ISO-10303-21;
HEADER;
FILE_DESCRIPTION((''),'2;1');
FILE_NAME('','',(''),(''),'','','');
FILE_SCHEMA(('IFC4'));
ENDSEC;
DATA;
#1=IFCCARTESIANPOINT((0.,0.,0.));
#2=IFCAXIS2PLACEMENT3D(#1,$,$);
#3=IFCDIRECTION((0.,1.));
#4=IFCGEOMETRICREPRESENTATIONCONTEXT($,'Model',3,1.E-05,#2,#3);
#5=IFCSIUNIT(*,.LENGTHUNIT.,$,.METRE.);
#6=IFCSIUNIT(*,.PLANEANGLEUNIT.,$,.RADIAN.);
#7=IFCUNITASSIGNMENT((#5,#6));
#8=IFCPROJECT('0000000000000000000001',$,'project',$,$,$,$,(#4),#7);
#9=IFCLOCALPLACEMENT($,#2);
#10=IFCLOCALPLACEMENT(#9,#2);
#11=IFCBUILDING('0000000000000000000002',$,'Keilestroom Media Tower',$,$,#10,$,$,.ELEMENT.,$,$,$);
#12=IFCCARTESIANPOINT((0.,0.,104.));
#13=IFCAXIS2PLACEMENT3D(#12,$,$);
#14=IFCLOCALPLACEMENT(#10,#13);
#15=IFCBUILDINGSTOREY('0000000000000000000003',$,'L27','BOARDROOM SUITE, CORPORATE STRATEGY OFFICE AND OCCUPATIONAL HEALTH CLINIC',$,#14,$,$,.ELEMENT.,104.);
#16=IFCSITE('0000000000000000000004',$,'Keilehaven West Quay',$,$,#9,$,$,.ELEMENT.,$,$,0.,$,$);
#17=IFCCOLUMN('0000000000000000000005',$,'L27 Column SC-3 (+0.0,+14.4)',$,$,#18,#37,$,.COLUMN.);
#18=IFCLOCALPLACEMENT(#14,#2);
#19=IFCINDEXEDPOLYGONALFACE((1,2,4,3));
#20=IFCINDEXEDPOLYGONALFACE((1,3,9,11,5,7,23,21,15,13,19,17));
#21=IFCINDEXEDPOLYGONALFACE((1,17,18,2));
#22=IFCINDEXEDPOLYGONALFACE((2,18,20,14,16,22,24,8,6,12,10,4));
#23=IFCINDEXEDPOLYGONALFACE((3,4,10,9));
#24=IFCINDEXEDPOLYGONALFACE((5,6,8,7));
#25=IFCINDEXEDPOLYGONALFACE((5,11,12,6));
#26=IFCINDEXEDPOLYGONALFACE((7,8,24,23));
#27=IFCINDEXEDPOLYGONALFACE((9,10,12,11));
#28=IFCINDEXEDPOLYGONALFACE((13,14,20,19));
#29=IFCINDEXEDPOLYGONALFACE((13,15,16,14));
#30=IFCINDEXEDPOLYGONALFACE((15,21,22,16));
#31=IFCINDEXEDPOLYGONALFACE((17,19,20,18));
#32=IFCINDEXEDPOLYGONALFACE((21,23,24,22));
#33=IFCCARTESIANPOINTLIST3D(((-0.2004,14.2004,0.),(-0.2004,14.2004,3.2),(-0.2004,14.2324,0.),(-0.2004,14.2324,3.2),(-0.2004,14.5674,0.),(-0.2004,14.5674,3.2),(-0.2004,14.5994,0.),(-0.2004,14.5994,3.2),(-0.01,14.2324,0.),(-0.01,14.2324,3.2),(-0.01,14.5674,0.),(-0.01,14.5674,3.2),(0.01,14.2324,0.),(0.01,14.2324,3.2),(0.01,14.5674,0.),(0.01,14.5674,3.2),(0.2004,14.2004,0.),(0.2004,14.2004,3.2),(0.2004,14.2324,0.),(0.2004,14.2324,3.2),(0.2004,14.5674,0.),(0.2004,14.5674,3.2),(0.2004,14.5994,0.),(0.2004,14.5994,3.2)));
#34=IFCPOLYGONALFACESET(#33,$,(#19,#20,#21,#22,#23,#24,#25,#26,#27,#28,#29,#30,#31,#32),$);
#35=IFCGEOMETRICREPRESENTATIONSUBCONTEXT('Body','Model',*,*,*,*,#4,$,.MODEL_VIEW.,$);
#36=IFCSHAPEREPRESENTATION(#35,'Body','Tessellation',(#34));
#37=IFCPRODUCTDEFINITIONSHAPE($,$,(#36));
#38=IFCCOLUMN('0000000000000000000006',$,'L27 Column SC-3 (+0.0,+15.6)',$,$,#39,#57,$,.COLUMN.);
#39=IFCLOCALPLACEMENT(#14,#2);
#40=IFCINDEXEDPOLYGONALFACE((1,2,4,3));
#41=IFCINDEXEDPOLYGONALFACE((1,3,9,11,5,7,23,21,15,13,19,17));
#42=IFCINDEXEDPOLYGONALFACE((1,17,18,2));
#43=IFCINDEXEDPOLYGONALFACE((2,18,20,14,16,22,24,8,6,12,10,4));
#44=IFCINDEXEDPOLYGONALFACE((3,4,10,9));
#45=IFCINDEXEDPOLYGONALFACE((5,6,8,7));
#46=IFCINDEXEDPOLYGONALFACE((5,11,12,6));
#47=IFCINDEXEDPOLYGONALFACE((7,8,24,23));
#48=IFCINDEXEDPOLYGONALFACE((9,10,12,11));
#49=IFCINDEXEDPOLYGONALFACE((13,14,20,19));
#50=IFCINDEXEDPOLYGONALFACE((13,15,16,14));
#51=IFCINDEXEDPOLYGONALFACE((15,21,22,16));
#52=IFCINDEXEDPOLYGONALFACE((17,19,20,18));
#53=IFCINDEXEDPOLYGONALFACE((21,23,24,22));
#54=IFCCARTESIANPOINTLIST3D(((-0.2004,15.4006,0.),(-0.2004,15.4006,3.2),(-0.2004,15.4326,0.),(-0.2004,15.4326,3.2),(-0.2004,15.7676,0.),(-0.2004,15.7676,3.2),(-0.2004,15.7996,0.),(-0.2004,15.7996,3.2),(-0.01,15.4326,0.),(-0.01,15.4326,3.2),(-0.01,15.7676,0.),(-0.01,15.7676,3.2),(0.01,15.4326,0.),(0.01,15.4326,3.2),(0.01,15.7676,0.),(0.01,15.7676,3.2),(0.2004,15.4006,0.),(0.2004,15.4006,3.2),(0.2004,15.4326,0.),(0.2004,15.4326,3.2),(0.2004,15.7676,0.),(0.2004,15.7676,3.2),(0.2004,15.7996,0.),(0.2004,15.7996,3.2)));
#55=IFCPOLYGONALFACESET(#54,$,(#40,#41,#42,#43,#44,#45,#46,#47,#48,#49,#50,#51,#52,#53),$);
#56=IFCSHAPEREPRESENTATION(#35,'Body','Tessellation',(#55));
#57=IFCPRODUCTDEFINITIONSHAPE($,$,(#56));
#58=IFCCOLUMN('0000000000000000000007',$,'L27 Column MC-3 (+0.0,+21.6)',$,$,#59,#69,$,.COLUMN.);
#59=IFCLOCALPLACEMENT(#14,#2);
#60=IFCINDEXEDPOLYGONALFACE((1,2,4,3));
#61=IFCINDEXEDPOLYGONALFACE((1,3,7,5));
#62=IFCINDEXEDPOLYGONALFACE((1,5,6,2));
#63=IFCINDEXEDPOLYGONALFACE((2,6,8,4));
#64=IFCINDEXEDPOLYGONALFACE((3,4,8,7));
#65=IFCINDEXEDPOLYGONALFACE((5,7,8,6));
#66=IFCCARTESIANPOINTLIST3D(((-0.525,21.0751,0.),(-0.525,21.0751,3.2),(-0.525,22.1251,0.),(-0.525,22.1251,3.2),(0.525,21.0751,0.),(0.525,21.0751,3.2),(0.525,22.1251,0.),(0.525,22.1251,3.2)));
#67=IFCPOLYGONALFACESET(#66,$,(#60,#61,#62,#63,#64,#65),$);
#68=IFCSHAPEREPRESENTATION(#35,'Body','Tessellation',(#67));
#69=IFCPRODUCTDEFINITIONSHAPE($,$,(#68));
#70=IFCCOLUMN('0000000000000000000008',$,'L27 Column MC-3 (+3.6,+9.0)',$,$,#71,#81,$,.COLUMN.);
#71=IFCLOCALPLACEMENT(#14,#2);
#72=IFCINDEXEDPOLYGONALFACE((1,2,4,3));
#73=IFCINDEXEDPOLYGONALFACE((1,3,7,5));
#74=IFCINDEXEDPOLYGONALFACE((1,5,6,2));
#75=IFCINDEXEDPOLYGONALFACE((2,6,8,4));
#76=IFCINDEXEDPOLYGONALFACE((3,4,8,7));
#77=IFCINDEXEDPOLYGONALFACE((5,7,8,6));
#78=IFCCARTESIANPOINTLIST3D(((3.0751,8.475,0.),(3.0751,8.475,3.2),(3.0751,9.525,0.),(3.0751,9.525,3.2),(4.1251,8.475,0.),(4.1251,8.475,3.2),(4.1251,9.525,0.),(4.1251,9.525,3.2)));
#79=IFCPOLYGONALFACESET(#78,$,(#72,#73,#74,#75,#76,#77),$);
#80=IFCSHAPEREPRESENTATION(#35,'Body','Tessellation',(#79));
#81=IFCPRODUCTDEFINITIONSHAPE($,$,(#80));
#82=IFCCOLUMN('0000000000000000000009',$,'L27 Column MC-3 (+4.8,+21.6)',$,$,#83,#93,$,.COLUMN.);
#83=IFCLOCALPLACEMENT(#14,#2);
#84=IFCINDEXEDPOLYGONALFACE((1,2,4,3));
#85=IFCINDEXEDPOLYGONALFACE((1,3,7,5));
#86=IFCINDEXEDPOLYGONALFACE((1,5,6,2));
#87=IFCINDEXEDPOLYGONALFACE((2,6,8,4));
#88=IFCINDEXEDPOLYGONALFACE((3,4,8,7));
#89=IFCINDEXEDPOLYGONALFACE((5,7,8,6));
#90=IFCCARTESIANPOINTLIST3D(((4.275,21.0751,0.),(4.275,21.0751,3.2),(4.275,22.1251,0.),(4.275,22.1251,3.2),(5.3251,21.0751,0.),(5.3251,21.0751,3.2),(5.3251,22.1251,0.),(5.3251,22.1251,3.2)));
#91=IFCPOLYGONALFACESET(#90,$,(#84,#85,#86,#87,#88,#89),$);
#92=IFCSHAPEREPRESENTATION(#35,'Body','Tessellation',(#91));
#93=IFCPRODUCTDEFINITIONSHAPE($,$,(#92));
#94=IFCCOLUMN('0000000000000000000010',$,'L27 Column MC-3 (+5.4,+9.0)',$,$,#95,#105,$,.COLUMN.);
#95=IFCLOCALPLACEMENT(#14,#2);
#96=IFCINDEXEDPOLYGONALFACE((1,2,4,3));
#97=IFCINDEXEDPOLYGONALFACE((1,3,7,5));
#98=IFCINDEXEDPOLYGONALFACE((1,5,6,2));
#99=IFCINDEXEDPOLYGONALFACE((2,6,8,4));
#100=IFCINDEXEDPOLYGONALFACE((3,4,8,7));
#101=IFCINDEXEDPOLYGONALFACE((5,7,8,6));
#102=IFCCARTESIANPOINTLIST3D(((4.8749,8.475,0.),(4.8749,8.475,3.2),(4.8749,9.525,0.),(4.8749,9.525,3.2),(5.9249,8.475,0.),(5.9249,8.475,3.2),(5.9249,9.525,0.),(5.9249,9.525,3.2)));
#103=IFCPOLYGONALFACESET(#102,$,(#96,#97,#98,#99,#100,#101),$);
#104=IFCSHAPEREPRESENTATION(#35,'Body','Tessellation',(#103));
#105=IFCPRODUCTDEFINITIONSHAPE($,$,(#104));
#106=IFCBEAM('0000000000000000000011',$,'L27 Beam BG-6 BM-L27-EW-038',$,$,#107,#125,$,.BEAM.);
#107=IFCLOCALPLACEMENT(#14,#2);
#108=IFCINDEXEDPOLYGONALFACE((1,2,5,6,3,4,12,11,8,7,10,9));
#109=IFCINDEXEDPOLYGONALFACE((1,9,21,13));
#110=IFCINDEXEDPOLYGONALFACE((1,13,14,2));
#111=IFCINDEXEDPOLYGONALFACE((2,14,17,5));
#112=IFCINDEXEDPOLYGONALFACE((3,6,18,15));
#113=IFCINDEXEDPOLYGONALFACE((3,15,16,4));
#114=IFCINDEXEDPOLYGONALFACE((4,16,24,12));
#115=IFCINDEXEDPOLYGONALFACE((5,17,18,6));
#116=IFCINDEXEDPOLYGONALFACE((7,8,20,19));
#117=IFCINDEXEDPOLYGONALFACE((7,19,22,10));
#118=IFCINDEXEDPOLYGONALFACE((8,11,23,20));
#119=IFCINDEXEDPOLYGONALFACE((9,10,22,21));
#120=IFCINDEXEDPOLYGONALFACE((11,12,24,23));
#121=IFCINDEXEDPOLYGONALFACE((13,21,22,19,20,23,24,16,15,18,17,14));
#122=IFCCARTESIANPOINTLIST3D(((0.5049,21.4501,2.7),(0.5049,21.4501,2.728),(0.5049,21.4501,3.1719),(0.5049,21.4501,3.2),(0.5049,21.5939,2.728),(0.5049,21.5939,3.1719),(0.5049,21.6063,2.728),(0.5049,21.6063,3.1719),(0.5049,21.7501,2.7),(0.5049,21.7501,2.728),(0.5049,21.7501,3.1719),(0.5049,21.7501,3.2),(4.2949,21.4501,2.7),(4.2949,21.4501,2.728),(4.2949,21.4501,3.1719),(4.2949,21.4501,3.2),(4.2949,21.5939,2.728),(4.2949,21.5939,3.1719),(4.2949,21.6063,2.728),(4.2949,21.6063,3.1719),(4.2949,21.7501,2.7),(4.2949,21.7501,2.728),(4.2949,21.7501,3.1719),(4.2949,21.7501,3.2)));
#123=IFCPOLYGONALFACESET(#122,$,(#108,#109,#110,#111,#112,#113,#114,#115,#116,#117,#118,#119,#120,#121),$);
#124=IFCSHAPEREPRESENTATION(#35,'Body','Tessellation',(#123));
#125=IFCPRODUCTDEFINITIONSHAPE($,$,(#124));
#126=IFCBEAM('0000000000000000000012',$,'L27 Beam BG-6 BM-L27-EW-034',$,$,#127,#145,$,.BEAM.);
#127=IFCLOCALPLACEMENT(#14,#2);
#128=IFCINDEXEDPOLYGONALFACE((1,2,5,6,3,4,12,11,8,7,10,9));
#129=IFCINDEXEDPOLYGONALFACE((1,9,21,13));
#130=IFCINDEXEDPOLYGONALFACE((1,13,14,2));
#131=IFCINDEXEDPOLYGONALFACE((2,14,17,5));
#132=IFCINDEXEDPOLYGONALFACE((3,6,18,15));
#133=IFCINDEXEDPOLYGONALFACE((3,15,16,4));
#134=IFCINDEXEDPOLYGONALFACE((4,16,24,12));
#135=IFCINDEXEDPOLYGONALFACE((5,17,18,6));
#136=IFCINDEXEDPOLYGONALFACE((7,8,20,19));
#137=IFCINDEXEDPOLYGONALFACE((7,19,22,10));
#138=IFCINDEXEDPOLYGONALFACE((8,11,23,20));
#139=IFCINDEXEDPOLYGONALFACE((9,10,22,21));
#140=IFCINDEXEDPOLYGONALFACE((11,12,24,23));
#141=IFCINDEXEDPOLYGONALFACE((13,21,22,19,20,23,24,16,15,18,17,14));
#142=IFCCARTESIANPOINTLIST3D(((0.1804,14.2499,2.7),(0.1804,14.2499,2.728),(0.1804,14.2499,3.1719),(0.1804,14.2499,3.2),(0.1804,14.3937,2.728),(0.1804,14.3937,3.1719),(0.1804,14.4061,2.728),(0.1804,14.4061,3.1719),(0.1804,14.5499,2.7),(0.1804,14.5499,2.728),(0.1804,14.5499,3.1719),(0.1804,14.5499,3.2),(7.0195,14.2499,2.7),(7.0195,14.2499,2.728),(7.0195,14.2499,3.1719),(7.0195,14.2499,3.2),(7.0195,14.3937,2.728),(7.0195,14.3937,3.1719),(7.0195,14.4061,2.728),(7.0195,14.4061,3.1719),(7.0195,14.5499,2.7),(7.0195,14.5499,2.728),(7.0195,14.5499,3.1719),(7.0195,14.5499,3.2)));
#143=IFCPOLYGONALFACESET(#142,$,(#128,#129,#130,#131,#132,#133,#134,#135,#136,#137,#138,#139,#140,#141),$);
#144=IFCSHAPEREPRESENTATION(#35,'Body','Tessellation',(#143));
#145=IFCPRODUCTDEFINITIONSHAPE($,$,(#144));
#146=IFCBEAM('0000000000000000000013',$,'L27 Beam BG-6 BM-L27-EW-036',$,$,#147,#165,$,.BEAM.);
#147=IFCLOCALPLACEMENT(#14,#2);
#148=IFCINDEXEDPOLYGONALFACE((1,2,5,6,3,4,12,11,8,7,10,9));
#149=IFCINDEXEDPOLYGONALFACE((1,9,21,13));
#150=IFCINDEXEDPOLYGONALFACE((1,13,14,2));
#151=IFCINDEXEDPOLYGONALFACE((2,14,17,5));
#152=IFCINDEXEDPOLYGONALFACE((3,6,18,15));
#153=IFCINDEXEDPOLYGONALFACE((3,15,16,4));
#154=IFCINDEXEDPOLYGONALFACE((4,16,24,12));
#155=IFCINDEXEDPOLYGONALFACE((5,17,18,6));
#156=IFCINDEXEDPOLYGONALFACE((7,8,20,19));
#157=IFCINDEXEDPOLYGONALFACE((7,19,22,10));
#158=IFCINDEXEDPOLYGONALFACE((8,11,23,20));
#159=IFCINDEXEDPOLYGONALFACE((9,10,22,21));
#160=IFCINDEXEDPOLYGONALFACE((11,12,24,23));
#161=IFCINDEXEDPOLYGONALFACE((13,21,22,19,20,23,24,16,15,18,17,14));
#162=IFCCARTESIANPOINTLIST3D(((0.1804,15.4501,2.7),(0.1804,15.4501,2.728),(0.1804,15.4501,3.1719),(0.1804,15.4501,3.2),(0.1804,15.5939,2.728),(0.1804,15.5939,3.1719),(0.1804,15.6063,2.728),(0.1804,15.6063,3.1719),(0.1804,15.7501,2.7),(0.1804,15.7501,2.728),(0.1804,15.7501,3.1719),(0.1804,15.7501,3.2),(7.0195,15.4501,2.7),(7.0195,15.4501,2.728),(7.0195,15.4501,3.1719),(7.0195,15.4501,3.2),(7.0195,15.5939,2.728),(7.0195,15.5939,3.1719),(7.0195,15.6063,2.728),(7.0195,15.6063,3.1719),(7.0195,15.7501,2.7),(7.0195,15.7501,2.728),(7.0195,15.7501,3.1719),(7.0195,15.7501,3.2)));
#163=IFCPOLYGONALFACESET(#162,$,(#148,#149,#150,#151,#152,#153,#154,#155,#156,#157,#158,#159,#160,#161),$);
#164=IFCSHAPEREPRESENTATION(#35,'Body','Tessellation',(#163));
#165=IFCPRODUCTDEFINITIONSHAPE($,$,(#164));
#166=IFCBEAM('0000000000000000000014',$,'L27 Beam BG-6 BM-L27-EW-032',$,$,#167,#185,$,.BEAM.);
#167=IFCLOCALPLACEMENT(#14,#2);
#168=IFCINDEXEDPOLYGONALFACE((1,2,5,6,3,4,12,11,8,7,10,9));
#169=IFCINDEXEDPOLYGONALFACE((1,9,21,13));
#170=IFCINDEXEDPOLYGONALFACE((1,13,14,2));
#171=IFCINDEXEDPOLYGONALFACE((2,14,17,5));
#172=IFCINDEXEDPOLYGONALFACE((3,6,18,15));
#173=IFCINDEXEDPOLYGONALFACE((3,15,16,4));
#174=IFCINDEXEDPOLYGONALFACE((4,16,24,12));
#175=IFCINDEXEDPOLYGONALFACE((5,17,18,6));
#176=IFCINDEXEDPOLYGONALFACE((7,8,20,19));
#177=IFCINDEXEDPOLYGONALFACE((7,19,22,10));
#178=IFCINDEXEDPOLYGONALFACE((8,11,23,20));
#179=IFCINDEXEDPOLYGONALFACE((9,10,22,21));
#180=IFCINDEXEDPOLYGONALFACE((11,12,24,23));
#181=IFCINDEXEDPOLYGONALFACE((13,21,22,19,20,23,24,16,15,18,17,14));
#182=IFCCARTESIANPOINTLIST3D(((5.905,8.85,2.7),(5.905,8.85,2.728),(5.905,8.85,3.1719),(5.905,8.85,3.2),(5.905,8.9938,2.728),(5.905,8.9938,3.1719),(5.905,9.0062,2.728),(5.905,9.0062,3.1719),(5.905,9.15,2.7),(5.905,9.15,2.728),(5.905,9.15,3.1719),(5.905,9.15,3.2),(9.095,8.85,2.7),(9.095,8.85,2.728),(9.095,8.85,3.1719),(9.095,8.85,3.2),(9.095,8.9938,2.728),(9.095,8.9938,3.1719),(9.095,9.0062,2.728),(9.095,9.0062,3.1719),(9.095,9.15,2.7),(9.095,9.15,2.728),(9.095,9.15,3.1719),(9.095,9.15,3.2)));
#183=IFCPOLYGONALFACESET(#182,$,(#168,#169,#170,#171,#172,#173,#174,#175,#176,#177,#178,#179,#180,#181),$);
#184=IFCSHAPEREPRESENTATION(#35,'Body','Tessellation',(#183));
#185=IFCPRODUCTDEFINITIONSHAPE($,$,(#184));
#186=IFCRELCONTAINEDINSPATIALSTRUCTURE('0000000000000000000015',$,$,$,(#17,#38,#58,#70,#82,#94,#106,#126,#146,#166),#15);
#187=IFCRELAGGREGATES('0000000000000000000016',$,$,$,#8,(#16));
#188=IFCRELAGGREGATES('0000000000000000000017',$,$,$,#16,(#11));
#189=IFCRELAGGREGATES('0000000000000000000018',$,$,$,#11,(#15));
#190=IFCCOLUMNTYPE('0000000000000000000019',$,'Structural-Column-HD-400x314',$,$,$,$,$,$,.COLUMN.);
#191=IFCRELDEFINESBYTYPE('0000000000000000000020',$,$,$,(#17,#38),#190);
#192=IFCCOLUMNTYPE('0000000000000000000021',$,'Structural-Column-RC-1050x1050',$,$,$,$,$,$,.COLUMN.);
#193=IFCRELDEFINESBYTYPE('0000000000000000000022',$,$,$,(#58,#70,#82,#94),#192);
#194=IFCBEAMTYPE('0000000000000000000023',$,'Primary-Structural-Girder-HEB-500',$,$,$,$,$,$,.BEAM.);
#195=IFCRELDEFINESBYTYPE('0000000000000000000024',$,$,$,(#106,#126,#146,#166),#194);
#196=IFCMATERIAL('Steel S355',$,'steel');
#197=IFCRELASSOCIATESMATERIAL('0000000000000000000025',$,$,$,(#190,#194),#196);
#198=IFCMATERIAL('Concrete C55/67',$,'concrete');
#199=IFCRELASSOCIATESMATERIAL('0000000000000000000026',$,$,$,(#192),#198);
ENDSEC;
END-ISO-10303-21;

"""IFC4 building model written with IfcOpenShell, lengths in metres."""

from ifc_helpers import new_model, si_unit, direction, frame, origin, origin_2d, place, context, subcontext, project, spatial, rectangle, i_section, extrude, source, transform, mapped, material, material_profile, profile_set, type_object, element, save


model = new_model("IFC4")

# Units and contexts
model_context = context("Model", 3, precision=1e-05, world=origin(), true_north=direction((0.0, 1.0)))
body_context = subcontext(model_context, "Body", "Model", "MODEL_VIEW")
ifc_project = project(units=[si_unit("LENGTHUNIT", "METRE"), si_unit("PLANEANGLEUNIT", "RADIAN")], contexts=[model_context])

# Site, building, storey
site_placement = place(None, origin())
site = spatial("IfcSite", under=ifc_project, at=site_placement, Name="Keilehaven West Quay", CompositionType="ELEMENT", RefElevation=0.0)
building_placement = place(site_placement, origin())
building = spatial("IfcBuilding", under=site, at=building_placement, Name="Keilestroom Media Tower", CompositionType="ELEMENT")
storey_placement = place(building_placement, frame((0.0, 0.0, 104.0)))
storey = spatial("IfcBuildingStorey", under=building, at=storey_placement, Name="L27", Description="BOARDROOM SUITE, CORPORATE STRATEGY OFFICE AND OCCUPATIONAL HEALTH CLINIC", CompositionType="ELEMENT", Elevation=104.0)

# Columns
ifc_material_1 = material(Name="Steel S355", Category="steel")
ifc_material_profile_1 = material_profile(ifc_material_1, i_section(OverallWidth=0.4009, OverallDepth=0.3989, WebThickness=0.02, FlangeThickness=0.032, at=origin_2d()), Name="HD 400x314")
ifc_profile_set_1 = profile_set([ifc_material_profile_1], Name="Steel S355")
column_type_1 = type_object("IfcColumnType", Name="Structural-Column-HD-400x314", PredefinedType="COLUMN", material=ifc_profile_set_1)
shared_shape_1 = source(origin(), body_context, "Body", "SweptSolid", [
    extrude(i_section(OverallWidth=0.4009, OverallDepth=0.3989, WebThickness=0.02, FlangeThickness=0.032, at=origin_2d()), origin(), (0.0, 0.0, 1.0), 3.2),
])
for number, where, z_axis, x_axis, name in (
    (1, (0.0, 14.3999, 0.0), (0.0, 0.0, 1.0), (1.0, 0.0, 0.0), "L27 Column SC-3 (+0.0,+14.4)"),
    (2, (0.0, 15.6001, 0.0), (0.0, 0.0, 1.0), (1.0, 0.0, 0.0), "L27 Column SC-3 (+0.0,+15.6)"),
):
    element("IfcColumn", number, at=place(storey_placement, frame(where, z_axis=z_axis, x_axis=x_axis)), inside=storey, type_object=column_type_1, Name=name, PredefinedType="COLUMN", context=body_context, shape_type="MappedRepresentation", body=[
        mapped(shared_shape_1, transform((0.0, 0.0, 0.0), x_axis=(1.0, 0.0, 0.0), y_axis=(0.0, 1.0, 0.0), z_axis=(0.0, 0.0, 1.0), scale=1.0)),
    ])
ifc_material_2 = material(Name="Concrete C55/67", Category="concrete")
ifc_material_profile_2 = material_profile(ifc_material_2, rectangle(XDim=1.05, YDim=1.05, at=origin_2d()), Name="RC 1050x1050")
ifc_profile_set_2 = profile_set([ifc_material_profile_2], Name="Concrete C55/67")
column_type_2 = type_object("IfcColumnType", Name="Structural-Column-RC-1050x1050", PredefinedType="COLUMN", material=ifc_profile_set_2)
shared_shape_2 = source(origin(), body_context, "Body", "SweptSolid", [
    extrude(rectangle(XDim=1.05, YDim=1.05, at=origin_2d()), origin(), (0.0, 0.0, 1.0), 3.2),
])
for number, where, z_axis, x_axis, name in (
    (3, (0.0, 21.6001, 0.0), (0.0, 0.0, 1.0), (1.0, 0.0, 0.0), "L27 Column MC-3 (+0.0,+21.6)"),
    (4, (3.6001, 9.0, 0.0), (0.0, 0.0, 1.0), (1.0, 0.0, 0.0), "L27 Column MC-3 (+3.6,+9.0)"),
    (5, (4.8, 21.6001, 0.0), (0.0, 0.0, 1.0), (1.0, 0.0, 0.0), "L27 Column MC-3 (+4.8,+21.6)"),
    (6, (5.3999, 9.0, 0.0), (0.0, 0.0, 1.0), (1.0, 0.0, 0.0), "L27 Column MC-3 (+5.4,+9.0)"),
):
    element("IfcColumn", number, at=place(storey_placement, frame(where, z_axis=z_axis, x_axis=x_axis)), inside=storey, type_object=column_type_2, Name=name, PredefinedType="COLUMN", context=body_context, shape_type="MappedRepresentation", body=[
        mapped(shared_shape_2, transform((0.0, 0.0, 0.0), x_axis=(1.0, 0.0, 0.0), y_axis=(0.0, 1.0, 0.0), z_axis=(0.0, 0.0, 1.0), scale=1.0)),
    ])

# Beams
ifc_material_profile_3 = material_profile(ifc_material_1, i_section(OverallWidth=0.3, OverallDepth=0.5, WebThickness=0.0125, FlangeThickness=0.0281, at=origin_2d()), Name="HEB 500")
ifc_profile_set_3 = profile_set([ifc_material_profile_3], Name="Steel S355")
beam_type_1 = type_object("IfcBeamType", Name="Primary-Structural-Girder-HEB-500", PredefinedType="BEAM", material=ifc_profile_set_3)
shared_shape_3 = source(origin(), body_context, "Body", "SweptSolid", [
    extrude(i_section(OverallWidth=0.3, OverallDepth=0.5, WebThickness=0.0125, FlangeThickness=0.0281, at=origin_2d()), origin(), (0.0, 0.0, 1.0), 3.79),
])
beam_1_placement = place(storey_placement, frame((0.5049, 21.6001, 2.95), z_axis=(1.0, 0.0, 0.0), x_axis=(0.0, 1.0, 0.0)))
element("IfcBeam", 7, at=beam_1_placement, inside=storey, type_object=beam_type_1, Name="L27 Beam BG-6 BM-L27-EW-038", PredefinedType="BEAM", context=body_context, shape_type="MappedRepresentation", body=[
    mapped(shared_shape_3, transform((0.0, 0.0, 0.0), x_axis=(1.0, 0.0, 0.0), y_axis=(0.0, 1.0, 0.0), z_axis=(0.0, 0.0, 1.0), scale=1.0)),
])
shared_shape_4 = source(origin(), body_context, "Body", "SweptSolid", [
    extrude(i_section(OverallWidth=0.3, OverallDepth=0.5, WebThickness=0.0125, FlangeThickness=0.0281, at=origin_2d()), origin(), (0.0, 0.0, 1.0), 6.8391),
])
for number, where, z_axis, x_axis, name in (
    (8, (0.1804, 14.3999, 2.95), (1.0, 0.0, 0.0), (0.0, 1.0, 0.0), "L27 Beam BG-6 BM-L27-EW-034"),
    (9, (0.1804, 15.6001, 2.95), (1.0, 0.0, 0.0), (0.0, 1.0, 0.0), "L27 Beam BG-6 BM-L27-EW-036"),
):
    element("IfcBeam", number, at=place(storey_placement, frame(where, z_axis=z_axis, x_axis=x_axis)), inside=storey, type_object=beam_type_1, Name=name, PredefinedType="BEAM", context=body_context, shape_type="MappedRepresentation", body=[
        mapped(shared_shape_4, transform((0.0, 0.0, 0.0), x_axis=(1.0, 0.0, 0.0), y_axis=(0.0, 1.0, 0.0), z_axis=(0.0, 0.0, 1.0), scale=1.0)),
    ])
shared_shape_5 = source(origin(), body_context, "Body", "SweptSolid", [
    extrude(i_section(OverallWidth=0.3, OverallDepth=0.5, WebThickness=0.0125, FlangeThickness=0.0281, at=origin_2d()), origin(), (0.0, 0.0, 1.0), 3.1899),
])
beam_2_placement = place(storey_placement, frame((5.905, 9.0, 2.95), z_axis=(1.0, 0.0, 0.0), x_axis=(0.0, 1.0, 0.0)))
element("IfcBeam", 10, at=beam_2_placement, inside=storey, type_object=beam_type_1, Name="L27 Beam BG-6 BM-L27-EW-032", PredefinedType="BEAM", context=body_context, shape_type="MappedRepresentation", body=[
    mapped(shared_shape_5, transform((0.0, 0.0, 0.0), x_axis=(1.0, 0.0, 0.0), y_axis=(0.0, 1.0, 0.0), z_axis=(0.0, 0.0, 1.0), scale=1.0)),
])

save(model, "model.ifc")
